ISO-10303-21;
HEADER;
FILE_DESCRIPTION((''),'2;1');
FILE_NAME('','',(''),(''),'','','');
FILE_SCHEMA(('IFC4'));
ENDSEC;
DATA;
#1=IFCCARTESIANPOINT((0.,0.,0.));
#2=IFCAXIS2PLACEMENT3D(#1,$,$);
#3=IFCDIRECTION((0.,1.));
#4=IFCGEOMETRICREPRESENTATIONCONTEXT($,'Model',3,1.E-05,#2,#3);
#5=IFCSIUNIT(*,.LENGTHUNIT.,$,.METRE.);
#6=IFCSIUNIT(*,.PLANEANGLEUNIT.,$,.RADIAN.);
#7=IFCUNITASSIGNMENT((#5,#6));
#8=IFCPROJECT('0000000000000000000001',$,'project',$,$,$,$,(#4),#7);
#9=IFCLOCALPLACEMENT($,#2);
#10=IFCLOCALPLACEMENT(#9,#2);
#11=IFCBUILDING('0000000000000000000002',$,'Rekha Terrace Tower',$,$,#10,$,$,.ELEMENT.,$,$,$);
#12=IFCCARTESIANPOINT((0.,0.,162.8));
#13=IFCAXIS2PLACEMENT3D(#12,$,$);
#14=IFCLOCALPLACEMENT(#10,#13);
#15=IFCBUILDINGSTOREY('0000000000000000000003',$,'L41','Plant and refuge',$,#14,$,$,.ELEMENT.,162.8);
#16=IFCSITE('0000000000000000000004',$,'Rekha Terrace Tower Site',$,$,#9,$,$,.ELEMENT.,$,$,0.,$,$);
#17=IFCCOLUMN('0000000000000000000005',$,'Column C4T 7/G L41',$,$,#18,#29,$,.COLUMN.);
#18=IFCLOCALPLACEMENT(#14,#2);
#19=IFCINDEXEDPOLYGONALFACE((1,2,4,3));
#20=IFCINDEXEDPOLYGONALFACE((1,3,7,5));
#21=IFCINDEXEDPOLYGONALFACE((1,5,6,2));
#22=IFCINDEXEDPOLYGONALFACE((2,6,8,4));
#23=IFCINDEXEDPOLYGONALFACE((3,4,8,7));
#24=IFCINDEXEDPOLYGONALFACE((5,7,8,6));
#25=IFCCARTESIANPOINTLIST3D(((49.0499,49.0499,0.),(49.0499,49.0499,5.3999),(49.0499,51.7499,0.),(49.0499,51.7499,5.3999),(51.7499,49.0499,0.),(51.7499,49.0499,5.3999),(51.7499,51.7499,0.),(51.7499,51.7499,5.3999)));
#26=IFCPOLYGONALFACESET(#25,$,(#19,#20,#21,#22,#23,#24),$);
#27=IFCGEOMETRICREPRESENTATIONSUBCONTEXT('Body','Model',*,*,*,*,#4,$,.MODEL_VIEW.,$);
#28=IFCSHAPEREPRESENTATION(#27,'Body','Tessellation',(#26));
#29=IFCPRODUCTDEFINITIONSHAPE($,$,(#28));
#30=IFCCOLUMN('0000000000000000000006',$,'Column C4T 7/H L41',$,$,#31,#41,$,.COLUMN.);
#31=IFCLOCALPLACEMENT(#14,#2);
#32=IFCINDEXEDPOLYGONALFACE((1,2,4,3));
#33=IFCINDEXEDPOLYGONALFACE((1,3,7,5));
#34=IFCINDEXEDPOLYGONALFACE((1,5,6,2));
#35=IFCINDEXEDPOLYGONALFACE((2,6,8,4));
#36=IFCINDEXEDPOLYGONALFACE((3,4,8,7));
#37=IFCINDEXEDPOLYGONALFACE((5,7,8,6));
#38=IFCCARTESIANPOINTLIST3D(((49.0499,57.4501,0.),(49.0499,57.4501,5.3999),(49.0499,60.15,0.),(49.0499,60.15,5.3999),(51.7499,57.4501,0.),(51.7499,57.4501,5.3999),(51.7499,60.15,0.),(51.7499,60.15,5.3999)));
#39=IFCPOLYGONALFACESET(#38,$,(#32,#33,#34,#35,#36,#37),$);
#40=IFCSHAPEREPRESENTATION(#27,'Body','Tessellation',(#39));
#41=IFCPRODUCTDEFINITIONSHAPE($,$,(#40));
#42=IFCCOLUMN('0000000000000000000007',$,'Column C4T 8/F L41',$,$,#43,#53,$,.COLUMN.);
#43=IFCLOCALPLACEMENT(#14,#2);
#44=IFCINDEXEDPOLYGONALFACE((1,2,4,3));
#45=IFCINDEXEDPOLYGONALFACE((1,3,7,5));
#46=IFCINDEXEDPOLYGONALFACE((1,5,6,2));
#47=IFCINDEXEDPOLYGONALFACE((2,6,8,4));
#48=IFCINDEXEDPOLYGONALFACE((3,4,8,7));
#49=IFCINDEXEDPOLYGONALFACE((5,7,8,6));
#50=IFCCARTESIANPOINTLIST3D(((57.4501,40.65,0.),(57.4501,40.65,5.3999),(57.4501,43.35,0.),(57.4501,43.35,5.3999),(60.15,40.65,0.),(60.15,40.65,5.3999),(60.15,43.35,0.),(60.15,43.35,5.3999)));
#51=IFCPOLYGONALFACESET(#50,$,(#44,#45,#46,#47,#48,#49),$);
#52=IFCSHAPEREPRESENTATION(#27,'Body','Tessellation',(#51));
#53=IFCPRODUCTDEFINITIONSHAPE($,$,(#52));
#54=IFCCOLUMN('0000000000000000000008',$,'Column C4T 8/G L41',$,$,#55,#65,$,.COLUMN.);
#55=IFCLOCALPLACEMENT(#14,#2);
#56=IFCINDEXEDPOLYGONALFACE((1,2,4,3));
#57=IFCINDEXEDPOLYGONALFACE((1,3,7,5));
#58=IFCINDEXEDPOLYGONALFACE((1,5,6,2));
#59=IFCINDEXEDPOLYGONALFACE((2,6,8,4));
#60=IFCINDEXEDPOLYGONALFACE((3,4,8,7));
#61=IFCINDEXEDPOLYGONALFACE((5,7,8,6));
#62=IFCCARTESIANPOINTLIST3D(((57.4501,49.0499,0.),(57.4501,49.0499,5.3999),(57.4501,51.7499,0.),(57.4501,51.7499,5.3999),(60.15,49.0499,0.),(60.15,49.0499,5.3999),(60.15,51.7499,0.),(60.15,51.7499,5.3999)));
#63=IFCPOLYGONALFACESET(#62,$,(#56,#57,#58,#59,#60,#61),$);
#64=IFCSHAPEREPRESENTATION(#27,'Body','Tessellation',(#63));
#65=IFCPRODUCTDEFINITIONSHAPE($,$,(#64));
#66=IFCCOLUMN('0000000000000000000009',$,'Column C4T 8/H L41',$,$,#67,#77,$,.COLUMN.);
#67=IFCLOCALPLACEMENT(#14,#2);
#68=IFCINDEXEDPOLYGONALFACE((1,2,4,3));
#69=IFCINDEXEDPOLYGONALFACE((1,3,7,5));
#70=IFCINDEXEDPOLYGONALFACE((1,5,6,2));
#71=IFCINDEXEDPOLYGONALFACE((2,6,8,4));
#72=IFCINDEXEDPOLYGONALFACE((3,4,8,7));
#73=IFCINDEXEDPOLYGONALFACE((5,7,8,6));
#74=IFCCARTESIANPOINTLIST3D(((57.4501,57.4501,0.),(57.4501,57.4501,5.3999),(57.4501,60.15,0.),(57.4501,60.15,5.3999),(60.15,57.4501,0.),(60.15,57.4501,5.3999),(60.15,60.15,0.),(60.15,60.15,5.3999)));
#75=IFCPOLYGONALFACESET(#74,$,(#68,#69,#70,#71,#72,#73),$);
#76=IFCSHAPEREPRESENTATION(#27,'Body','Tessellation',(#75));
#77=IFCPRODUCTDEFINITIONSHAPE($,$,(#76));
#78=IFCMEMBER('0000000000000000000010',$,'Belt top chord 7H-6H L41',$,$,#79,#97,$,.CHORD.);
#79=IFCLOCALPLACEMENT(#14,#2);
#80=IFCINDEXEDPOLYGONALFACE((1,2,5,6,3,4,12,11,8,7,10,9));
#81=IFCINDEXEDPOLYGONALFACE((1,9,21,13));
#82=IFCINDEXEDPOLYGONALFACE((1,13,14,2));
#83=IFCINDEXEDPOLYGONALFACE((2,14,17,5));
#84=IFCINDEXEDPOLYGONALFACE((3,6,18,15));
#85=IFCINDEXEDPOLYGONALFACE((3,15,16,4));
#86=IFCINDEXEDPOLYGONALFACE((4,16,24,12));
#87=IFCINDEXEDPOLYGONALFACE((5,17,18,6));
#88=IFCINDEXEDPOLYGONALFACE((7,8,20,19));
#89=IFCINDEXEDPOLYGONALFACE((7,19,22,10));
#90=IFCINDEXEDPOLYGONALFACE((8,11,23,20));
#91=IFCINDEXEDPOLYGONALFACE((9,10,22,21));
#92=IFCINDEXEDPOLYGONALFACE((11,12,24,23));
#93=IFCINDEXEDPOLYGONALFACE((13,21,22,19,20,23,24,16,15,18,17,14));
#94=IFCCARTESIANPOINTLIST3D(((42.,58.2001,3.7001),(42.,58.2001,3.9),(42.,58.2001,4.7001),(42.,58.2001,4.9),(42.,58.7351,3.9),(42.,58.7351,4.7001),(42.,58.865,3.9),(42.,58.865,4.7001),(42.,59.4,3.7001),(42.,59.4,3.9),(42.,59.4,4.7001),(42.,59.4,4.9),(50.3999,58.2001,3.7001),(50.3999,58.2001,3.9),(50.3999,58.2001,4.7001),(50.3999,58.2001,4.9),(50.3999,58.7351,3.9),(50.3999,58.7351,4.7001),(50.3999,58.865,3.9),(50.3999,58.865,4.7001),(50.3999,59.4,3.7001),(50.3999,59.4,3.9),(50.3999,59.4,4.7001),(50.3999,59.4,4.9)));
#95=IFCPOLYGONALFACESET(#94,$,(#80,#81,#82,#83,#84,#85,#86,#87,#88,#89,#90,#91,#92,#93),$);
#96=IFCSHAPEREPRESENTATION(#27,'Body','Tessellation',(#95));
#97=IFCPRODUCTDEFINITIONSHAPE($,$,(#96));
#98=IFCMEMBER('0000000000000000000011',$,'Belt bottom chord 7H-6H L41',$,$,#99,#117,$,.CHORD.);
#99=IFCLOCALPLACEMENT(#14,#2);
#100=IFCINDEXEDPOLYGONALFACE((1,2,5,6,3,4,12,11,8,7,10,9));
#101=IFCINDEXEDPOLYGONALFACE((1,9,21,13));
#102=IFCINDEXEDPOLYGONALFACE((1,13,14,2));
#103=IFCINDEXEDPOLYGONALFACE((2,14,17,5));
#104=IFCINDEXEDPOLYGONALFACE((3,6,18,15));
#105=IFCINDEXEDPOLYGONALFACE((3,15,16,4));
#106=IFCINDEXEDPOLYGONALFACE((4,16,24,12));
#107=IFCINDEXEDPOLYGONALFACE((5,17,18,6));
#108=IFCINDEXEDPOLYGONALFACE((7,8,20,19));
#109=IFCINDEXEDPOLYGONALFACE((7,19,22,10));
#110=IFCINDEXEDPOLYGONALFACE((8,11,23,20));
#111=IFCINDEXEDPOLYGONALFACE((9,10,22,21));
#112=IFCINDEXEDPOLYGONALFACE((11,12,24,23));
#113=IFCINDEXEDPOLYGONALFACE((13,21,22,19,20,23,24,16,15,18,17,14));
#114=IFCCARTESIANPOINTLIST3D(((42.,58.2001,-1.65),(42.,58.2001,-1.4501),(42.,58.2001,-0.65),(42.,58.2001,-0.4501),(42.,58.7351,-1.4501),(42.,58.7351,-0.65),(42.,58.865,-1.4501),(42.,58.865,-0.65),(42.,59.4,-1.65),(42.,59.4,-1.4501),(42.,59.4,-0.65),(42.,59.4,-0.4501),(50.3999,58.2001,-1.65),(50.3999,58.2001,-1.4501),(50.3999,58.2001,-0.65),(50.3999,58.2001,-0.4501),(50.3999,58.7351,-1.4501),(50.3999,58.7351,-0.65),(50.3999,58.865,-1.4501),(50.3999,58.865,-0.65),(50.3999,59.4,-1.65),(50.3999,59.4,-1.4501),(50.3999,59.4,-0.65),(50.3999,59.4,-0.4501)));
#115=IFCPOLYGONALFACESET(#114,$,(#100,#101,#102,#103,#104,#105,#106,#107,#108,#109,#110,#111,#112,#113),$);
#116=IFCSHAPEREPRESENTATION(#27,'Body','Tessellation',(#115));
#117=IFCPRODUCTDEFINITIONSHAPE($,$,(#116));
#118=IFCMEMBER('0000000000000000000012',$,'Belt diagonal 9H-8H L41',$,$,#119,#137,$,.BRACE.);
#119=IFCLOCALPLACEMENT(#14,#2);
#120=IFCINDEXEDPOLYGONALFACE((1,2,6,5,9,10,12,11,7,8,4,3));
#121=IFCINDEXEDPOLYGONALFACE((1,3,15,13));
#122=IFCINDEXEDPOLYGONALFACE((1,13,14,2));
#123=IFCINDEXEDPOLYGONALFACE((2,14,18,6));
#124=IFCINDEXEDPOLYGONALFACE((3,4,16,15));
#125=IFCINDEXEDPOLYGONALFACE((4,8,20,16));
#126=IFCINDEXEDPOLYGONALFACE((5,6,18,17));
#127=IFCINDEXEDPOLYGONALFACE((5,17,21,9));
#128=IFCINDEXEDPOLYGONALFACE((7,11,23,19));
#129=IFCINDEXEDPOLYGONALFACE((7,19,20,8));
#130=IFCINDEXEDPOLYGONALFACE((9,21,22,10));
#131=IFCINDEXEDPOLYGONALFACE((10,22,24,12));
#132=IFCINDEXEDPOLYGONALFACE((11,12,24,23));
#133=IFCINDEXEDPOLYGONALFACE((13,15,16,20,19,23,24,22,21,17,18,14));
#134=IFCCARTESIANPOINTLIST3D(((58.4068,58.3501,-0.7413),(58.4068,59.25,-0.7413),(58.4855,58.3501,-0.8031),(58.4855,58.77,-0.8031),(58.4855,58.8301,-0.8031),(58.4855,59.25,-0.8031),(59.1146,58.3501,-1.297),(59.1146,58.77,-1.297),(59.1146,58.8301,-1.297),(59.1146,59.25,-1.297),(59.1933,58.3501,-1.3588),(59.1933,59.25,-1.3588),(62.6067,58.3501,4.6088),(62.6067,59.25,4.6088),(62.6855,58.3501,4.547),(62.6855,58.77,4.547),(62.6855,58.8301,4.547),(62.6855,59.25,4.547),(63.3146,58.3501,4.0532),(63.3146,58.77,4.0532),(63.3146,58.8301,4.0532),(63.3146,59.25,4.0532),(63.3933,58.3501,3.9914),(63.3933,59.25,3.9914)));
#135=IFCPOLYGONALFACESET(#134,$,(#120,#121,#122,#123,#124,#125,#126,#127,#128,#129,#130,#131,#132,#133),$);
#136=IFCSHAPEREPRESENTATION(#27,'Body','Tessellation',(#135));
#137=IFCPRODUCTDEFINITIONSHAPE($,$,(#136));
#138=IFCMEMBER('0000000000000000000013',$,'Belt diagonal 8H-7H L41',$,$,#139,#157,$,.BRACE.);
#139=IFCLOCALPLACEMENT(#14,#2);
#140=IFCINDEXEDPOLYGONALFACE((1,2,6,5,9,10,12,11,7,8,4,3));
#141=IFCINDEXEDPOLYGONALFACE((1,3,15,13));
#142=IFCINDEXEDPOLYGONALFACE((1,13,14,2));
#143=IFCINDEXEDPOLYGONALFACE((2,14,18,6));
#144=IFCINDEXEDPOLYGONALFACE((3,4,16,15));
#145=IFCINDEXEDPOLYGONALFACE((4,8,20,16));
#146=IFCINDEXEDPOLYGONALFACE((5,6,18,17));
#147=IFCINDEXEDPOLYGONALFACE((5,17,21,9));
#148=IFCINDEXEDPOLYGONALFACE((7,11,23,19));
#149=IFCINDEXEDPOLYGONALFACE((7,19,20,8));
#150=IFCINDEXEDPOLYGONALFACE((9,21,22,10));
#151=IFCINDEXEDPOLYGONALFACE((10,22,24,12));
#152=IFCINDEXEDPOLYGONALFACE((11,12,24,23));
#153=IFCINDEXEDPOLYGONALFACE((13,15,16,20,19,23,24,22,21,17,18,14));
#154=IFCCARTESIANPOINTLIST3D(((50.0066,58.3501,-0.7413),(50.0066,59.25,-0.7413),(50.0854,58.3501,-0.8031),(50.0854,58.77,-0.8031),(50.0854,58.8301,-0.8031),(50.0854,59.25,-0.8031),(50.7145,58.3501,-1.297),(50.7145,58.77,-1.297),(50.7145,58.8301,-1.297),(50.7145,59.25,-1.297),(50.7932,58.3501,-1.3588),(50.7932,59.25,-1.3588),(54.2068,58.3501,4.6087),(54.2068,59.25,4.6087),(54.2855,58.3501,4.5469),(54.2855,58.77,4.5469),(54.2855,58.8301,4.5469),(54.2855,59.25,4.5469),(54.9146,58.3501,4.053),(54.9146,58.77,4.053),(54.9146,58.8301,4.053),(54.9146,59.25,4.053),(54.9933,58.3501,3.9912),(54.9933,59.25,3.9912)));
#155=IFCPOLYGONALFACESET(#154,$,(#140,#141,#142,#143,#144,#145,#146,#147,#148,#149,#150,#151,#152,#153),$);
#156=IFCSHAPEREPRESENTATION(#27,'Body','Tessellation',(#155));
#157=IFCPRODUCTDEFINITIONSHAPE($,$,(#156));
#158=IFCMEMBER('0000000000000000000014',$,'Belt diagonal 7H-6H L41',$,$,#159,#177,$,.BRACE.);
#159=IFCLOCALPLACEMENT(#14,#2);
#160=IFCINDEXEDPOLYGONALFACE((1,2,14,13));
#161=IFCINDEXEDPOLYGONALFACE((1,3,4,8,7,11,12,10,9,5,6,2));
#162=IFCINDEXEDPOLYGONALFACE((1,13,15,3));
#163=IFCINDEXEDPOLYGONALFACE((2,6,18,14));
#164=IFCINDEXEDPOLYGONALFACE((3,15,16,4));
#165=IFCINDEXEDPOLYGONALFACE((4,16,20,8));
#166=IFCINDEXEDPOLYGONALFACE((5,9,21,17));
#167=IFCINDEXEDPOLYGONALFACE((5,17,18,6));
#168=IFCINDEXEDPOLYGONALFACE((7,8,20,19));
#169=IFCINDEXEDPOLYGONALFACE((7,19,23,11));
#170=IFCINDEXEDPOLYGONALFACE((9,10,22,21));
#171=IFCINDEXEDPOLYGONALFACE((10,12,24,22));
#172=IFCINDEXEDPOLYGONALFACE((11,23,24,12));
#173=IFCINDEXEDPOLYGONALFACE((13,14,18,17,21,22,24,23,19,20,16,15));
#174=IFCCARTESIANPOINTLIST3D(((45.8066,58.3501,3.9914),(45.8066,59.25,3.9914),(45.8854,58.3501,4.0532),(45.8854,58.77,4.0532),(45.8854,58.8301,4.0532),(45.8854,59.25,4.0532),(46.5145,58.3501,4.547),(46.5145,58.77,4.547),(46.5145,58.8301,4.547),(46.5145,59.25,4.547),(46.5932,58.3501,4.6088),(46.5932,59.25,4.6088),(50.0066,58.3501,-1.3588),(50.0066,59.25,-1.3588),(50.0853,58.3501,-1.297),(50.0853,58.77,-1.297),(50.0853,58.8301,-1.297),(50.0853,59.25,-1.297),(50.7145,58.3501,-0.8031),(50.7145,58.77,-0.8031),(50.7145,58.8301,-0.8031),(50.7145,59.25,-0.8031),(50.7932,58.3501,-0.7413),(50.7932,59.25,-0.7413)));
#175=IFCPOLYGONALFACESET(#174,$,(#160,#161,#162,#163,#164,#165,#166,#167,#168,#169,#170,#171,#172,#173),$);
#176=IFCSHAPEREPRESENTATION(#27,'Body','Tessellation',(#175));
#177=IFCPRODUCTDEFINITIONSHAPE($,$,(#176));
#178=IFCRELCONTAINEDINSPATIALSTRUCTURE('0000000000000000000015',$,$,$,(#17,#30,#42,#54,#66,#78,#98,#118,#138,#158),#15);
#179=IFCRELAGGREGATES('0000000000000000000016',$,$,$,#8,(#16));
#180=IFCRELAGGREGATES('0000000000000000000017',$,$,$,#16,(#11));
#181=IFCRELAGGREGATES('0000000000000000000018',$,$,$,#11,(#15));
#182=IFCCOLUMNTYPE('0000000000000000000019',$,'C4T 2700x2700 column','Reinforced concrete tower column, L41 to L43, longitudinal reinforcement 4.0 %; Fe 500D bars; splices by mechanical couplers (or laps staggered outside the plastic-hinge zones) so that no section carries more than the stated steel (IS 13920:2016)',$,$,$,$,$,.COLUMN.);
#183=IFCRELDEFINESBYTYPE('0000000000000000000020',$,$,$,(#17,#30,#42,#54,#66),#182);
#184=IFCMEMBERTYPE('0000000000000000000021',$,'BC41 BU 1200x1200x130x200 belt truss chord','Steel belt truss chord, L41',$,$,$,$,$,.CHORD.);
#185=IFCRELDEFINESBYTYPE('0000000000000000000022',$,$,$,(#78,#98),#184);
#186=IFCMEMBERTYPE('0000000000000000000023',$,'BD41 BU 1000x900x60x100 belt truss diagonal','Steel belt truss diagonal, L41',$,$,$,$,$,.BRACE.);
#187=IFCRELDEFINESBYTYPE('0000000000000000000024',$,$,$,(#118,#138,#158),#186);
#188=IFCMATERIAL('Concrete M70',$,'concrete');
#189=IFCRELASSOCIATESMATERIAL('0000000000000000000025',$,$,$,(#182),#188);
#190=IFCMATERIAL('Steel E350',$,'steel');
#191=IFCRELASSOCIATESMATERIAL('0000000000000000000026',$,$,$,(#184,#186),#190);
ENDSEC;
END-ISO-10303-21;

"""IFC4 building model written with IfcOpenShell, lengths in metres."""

from ifc_helpers import new_model, si_unit, direction, frame, origin, origin_2d, place, context, subcontext, project, spatial, rectangle, i_section, extrude, material, material_profile, profile_set, type_object, element, save


model = new_model("IFC4")

# Units and contexts
model_context = context("Model", 3, precision=1e-05, world=origin(), true_north=direction((0.0, 1.0)))
body_context = subcontext(model_context, "Body", "Model", "MODEL_VIEW")
ifc_project = project(units=[si_unit("LENGTHUNIT", "METRE"), si_unit("PLANEANGLEUNIT", "RADIAN")], contexts=[model_context])

# Site, building, storey
site_placement = place(None, origin())
site = spatial("IfcSite", under=ifc_project, at=site_placement, Name="Rekha Terrace Tower Site", CompositionType="ELEMENT", RefElevation=0.0)
building_placement = place(site_placement, origin())
building = spatial("IfcBuilding", under=site, at=building_placement, Name="Rekha Terrace Tower", CompositionType="ELEMENT")
storey_placement = place(building_placement, frame((0.0, 0.0, 162.8)))
storey = spatial("IfcBuildingStorey", under=building, at=storey_placement, Name="L41", Description="Plant and refuge", CompositionType="ELEMENT", Elevation=162.8)

# Columns
ifc_material_1 = material(Name="Concrete M70", Category="concrete")
ifc_material_profile_1 = material_profile(ifc_material_1, rectangle(XDim=2.7, YDim=2.7, at=origin_2d()), Name="RC 2700x2700")
ifc_profile_set_1 = profile_set([ifc_material_profile_1], Name="Concrete M70")
column_type = type_object("IfcColumnType", Name="C4T 2700x2700 column", Description="Reinforced concrete tower column, L41 to L43, longitudinal reinforcement 4.0 %; Fe 500D bars; splices by mechanical couplers (or laps staggered outside the plastic-hinge zones) so that no section carries more than the stated steel (IS 13920:2016)", PredefinedType="COLUMN", material=ifc_profile_set_1)
for number, where, z_axis, x_axis, name in (
    (1, (50.3999, 50.3999, 0.0), (0.0, 0.0, 1.0), (1.0, 0.0, 0.0), "Column C4T 7/G L41"),
    (2, (50.3999, 58.8, 0.0), (0.0, 0.0, 1.0), (1.0, 0.0, 0.0), "Column C4T 7/H L41"),
    (3, (58.8, 42.0, 0.0), (0.0, 0.0, 1.0), (1.0, 0.0, 0.0), "Column C4T 8/F L41"),
    (4, (58.8, 50.3999, 0.0), (0.0, 0.0, 1.0), (1.0, 0.0, 0.0), "Column C4T 8/G L41"),
    (5, (58.8, 58.8, 0.0), (0.0, 0.0, 1.0), (1.0, 0.0, 0.0), "Column C4T 8/H L41"),
):
    element("IfcColumn", number, at=place(storey_placement, frame(where, z_axis=z_axis, x_axis=x_axis)), inside=storey, type_object=column_type, Name=name, PredefinedType="COLUMN", context=body_context, shape_type="SweptSolid", body=[
        extrude(rectangle(XDim=2.7, YDim=2.7, at=origin_2d()), origin(), (0.0, 0.0, 1.0), 5.3999),
    ])

# Members
ifc_material_2 = material(Name="Steel E350", Category="steel")
ifc_material_profile_2 = material_profile(ifc_material_2, i_section(OverallWidth=1.2, OverallDepth=1.2, WebThickness=0.1299, FlangeThickness=0.2, at=origin_2d()), Name="BU 1200x1200x130x200")
ifc_profile_set_2 = profile_set([ifc_material_profile_2], Name="Steel E350")
member_type_1 = type_object("IfcMemberType", Name="BC41 BU 1200x1200x130x200 belt truss chord", Description="Steel belt truss chord, L41", PredefinedType="CHORD", material=ifc_profile_set_2)
for number, where, z_axis, x_axis, name in (
    (6, (50.3999, 58.8, 4.3), (-1.0, 0.0, 0.0), (0.0, -1.0, 0.0), "Belt top chord 7H-6H L41"),
    (7, (50.3999, 58.8, -1.05), (-1.0, 0.0, 0.0), (0.0, -1.0, 0.0), "Belt bottom chord 7H-6H L41"),
):
    element("IfcMember", number, at=place(storey_placement, frame(where, z_axis=z_axis, x_axis=x_axis)), inside=storey, type_object=member_type_1, Name=name, PredefinedType="CHORD", context=body_context, shape_type="SweptSolid", body=[
        extrude(i_section(OverallWidth=1.2, OverallDepth=1.2, WebThickness=0.1299, FlangeThickness=0.2, at=origin_2d()), origin(), (0.0, 0.0, 1.0), 8.3999),
    ])
ifc_material_profile_3 = material_profile(ifc_material_2, i_section(OverallWidth=0.8999, OverallDepth=1.0, WebThickness=0.0601, FlangeThickness=0.1001, at=origin_2d()), Name="BU 1000x900x60x100")
ifc_profile_set_3 = profile_set([ifc_material_profile_3], Name="Steel E350")
member_type_2 = type_object("IfcMemberType", Name="BD41 BU 1000x900x60x100 belt truss diagonal", Description="Steel belt truss diagonal, L41", PredefinedType="BRACE", material=ifc_profile_set_3)
for number, where, z_axis, x_axis, name in (
    (8, (58.8, 58.8, -1.05), (0.617485, 0.0, 0.786582), (0.0, 1.0, 0.0), "Belt diagonal 9H-8H L41"),
    (9, (50.3999, 58.8, -1.05), (0.617508, 0.0, 0.786565), (0.0, 1.0, 0.0), "Belt diagonal 8H-7H L41"),
    (10, (50.3999, 58.8, -1.05), (-0.617485, 0.0, 0.786582), (0.0, -1.0, 0.0), "Belt diagonal 7H-6H L41"),
):
    element("IfcMember", number, at=place(storey_placement, frame(where, z_axis=z_axis, x_axis=x_axis)), inside=storey, type_object=member_type_2, Name=name, PredefinedType="BRACE", context=body_context, shape_type="SweptSolid", body=[
        extrude(i_section(OverallWidth=0.8999, OverallDepth=1.0, WebThickness=0.0601, FlangeThickness=0.1001, at=origin_2d()), origin(), (0.0, 0.0, 1.0), 6.8018),
    ])

save(model, "model.ifc")
